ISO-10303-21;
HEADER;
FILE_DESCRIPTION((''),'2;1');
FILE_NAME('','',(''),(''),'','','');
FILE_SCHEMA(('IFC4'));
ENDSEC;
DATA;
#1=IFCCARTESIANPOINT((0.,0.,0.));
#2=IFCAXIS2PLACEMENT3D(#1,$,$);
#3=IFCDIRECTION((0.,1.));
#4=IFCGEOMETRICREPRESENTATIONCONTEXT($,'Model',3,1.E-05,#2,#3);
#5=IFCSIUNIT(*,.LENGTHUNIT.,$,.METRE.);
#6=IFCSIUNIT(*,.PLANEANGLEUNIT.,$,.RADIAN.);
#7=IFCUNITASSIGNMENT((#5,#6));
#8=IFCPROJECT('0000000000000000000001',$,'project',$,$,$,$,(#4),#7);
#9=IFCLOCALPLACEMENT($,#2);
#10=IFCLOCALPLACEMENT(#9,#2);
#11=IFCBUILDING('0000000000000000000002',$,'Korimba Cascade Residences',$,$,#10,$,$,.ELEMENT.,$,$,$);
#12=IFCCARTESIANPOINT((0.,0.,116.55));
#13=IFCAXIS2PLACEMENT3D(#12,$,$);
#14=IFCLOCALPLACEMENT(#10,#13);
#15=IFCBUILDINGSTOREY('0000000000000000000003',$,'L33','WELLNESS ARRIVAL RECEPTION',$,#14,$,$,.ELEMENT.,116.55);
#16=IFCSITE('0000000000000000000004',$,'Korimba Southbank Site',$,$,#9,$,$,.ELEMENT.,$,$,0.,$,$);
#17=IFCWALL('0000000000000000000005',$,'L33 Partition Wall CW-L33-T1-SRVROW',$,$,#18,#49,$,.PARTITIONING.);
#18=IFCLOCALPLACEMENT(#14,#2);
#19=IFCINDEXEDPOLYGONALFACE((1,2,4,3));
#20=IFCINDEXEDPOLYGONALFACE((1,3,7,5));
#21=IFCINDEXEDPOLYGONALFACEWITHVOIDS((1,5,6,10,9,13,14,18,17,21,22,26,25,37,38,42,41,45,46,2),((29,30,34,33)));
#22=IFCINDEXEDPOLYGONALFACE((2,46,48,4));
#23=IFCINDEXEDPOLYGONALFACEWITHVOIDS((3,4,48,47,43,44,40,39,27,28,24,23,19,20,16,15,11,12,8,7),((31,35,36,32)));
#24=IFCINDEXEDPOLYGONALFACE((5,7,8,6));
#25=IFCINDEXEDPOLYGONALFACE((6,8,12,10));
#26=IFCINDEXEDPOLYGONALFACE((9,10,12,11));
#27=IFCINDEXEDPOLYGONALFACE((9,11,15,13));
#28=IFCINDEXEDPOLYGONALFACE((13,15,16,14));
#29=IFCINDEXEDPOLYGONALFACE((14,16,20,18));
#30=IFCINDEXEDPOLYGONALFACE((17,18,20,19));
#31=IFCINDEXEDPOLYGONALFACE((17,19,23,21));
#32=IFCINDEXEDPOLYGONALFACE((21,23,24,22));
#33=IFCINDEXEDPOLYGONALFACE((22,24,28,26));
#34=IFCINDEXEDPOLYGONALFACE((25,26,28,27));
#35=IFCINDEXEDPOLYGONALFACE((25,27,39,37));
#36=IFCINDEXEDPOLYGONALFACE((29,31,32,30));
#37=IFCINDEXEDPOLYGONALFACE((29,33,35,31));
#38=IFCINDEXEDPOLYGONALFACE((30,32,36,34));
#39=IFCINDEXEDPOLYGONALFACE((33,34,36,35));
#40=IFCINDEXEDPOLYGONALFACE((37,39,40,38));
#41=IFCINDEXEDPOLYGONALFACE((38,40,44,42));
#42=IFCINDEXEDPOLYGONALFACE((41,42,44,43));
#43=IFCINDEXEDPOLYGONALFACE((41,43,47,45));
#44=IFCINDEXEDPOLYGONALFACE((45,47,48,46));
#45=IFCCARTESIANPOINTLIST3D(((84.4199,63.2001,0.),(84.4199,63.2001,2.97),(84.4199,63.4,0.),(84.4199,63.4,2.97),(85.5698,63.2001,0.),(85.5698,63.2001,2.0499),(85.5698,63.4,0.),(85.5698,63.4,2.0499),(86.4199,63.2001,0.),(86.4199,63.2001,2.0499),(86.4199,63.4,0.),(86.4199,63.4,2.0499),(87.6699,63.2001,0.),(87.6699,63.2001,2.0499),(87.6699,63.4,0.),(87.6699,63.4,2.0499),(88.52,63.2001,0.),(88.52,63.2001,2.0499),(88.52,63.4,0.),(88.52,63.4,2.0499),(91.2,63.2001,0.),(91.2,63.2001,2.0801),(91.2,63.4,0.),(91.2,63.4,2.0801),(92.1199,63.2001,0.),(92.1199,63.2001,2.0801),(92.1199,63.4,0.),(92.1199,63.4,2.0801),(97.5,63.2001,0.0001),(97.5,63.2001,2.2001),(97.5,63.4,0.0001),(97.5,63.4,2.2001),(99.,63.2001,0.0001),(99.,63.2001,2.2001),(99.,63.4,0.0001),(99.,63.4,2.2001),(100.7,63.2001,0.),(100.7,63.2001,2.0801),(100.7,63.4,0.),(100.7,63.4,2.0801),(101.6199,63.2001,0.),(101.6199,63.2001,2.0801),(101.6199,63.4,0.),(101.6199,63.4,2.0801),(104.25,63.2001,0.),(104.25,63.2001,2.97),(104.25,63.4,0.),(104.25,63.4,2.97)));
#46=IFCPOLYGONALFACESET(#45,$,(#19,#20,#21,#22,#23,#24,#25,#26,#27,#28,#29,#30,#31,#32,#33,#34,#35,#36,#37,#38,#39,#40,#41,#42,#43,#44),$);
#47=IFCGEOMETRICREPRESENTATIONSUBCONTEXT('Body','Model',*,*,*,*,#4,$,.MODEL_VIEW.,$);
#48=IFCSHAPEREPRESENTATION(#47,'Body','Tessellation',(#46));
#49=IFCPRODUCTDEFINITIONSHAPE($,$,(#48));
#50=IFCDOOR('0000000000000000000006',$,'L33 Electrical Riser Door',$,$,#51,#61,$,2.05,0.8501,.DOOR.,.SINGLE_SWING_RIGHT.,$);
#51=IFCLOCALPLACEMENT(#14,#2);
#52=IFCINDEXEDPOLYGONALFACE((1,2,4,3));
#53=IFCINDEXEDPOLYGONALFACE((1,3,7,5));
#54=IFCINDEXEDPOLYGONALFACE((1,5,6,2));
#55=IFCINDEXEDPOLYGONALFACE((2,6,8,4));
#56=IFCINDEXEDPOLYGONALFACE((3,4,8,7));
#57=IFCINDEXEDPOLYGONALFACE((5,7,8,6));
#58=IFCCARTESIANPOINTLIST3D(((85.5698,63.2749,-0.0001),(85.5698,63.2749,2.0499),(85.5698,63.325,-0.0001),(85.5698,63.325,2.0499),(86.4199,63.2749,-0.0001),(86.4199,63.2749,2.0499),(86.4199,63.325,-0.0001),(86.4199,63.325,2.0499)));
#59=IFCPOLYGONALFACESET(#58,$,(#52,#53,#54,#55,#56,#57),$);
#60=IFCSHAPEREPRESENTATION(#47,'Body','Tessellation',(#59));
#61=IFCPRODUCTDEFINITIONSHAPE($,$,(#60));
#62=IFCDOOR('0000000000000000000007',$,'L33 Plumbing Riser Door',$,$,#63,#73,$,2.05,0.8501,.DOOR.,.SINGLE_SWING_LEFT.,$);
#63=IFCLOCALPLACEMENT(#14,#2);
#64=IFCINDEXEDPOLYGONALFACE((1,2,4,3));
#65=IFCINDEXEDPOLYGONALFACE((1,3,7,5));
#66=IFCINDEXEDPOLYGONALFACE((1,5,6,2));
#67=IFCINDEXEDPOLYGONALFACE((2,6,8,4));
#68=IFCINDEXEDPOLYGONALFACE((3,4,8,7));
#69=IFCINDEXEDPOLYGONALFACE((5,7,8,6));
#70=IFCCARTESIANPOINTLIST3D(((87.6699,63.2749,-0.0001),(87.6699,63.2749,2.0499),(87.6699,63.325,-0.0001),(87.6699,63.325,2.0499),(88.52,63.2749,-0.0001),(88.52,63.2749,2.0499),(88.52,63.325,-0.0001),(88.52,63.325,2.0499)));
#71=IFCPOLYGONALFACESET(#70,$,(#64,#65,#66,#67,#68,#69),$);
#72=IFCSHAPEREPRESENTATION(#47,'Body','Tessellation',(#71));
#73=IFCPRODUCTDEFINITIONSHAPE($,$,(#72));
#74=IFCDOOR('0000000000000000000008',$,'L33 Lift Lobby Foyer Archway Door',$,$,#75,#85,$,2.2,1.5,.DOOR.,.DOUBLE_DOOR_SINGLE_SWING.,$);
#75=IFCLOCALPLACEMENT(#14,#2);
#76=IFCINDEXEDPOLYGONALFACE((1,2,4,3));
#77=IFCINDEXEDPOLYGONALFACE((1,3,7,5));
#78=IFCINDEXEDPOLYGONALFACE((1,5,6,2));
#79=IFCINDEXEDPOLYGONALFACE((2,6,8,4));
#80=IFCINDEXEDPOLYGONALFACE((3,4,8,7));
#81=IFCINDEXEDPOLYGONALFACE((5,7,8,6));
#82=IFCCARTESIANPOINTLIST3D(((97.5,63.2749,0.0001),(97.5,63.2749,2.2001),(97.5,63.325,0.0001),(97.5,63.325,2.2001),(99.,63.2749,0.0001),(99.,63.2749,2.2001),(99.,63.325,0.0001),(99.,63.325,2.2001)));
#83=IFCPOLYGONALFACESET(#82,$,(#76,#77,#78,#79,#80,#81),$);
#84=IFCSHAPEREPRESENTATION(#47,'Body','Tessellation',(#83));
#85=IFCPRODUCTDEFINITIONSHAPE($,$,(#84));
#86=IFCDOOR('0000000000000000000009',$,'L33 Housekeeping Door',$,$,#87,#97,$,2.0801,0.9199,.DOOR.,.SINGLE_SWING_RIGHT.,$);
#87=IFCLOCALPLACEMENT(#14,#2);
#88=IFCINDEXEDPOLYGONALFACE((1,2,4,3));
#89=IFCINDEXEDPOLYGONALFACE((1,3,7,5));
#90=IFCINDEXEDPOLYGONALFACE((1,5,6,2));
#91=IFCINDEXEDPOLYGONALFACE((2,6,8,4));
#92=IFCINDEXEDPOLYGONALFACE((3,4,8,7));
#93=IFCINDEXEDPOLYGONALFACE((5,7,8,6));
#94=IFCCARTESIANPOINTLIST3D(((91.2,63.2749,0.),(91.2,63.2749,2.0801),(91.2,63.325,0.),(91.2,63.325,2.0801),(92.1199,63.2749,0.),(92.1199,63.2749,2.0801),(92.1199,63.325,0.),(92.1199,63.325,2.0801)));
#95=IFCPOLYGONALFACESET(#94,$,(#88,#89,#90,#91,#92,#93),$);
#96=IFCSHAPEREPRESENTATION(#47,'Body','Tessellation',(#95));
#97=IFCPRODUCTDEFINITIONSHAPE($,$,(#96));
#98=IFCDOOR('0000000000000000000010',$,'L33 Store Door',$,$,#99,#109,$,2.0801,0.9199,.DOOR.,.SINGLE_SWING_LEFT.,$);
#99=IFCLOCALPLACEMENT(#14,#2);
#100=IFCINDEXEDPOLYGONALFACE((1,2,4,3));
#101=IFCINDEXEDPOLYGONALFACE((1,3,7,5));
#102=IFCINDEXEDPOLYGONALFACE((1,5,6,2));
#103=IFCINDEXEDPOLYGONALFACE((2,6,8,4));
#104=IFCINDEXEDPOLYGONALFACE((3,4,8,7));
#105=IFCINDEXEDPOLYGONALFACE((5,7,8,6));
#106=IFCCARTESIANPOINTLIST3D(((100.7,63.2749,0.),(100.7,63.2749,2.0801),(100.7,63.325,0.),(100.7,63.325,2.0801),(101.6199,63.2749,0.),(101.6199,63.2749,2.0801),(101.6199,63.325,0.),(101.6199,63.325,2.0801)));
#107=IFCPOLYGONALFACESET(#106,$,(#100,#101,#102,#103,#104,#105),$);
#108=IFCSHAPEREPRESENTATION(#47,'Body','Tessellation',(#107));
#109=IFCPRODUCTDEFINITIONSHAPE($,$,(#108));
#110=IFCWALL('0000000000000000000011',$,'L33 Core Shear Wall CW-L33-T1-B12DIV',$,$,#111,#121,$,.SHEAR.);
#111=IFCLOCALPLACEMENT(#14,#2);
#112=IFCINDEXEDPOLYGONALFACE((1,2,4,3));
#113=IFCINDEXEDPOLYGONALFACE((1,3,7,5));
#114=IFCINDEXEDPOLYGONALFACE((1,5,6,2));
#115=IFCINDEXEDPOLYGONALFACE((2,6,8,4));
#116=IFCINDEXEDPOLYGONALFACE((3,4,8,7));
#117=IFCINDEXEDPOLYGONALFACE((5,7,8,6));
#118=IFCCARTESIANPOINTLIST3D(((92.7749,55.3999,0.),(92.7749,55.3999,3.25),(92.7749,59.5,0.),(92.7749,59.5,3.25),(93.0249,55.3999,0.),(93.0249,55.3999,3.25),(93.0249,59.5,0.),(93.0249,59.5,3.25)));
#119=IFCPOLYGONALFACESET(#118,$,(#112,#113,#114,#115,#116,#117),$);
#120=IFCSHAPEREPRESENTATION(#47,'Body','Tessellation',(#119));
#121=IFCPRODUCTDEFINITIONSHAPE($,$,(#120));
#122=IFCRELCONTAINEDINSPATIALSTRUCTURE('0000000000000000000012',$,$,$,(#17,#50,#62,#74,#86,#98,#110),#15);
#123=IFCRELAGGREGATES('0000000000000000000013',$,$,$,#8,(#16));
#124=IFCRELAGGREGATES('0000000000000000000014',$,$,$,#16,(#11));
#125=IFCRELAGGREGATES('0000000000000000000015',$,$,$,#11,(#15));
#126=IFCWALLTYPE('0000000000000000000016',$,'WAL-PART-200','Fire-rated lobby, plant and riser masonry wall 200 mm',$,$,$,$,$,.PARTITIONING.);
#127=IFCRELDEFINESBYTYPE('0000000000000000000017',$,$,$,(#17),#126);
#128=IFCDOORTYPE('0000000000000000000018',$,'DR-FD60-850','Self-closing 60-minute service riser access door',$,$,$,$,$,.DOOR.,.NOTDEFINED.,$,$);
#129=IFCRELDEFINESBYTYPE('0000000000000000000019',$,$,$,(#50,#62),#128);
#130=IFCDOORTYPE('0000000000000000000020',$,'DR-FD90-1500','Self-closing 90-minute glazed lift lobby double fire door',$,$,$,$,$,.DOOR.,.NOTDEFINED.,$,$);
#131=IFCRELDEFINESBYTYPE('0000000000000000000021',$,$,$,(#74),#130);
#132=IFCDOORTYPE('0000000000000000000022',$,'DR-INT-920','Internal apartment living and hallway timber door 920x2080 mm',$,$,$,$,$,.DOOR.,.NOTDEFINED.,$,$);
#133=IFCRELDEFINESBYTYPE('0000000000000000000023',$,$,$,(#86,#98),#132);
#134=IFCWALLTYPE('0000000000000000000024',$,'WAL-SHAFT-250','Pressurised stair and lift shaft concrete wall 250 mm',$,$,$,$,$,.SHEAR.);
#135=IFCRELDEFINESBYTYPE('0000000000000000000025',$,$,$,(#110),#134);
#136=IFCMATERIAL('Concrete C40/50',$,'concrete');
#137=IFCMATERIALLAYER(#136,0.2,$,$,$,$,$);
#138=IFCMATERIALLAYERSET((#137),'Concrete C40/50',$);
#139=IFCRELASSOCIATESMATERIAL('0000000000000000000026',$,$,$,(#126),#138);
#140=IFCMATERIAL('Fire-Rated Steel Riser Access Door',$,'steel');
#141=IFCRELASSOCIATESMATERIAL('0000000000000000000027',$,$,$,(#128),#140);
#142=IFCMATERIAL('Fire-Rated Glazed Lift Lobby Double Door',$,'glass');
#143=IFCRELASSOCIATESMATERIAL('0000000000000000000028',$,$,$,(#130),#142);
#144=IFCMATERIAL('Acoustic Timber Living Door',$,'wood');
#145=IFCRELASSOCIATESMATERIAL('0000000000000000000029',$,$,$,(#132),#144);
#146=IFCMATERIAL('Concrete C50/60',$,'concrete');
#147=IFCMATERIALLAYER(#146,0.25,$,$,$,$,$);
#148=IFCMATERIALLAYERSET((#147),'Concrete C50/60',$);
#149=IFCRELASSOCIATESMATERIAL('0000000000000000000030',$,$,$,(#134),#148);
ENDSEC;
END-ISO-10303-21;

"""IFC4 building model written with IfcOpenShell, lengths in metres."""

from ifc_helpers import new_model, si_unit, direction, frame, frame_2d, origin, place, context, subcontext, project, spatial, rectangle, extrude, material, layer, layer_set, type_object, element, fill, save


model = new_model("IFC4")

# Units and contexts
model_context = context("Model", 3, precision=1e-05, world=origin(), true_north=direction((0.0, 1.0)))
body_context = subcontext(model_context, "Body", "Model", "MODEL_VIEW")
ifc_project = project(units=[si_unit("LENGTHUNIT", "METRE"), si_unit("PLANEANGLEUNIT", "RADIAN")], contexts=[model_context])

# Site, building, storey
site_placement = place(None, origin())
site = spatial("IfcSite", under=ifc_project, at=site_placement, Name="Korimba Southbank Site", CompositionType="ELEMENT", RefElevation=0.0)
building_placement = place(site_placement, origin())
building = spatial("IfcBuilding", under=site, at=building_placement, Name="Korimba Cascade Residences", CompositionType="ELEMENT")
storey_placement = place(building_placement, frame((0.0, 0.0, 116.55)))
storey = spatial("IfcBuildingStorey", under=building, at=storey_placement, Name="L33", Description="WELLNESS ARRIVAL RECEPTION", CompositionType="ELEMENT", Elevation=116.55)

# Shared definitions
ifc_material_1 = material(Name="Concrete C40/50", Category="concrete")
ifc_layer_1 = layer(ifc_material_1, 0.2)
ifc_layer_set_1 = layer_set([ifc_layer_1], Name="Concrete C40/50")
wall_type_1 = type_object("IfcWallType", Name="WAL-PART-200", Description="Fire-rated lobby, plant and riser masonry wall 200 mm", PredefinedType="PARTITIONING", material=ifc_layer_set_1)

# Wall, openings, doors
wall_1_placement = place(storey_placement, frame((84.4199, 63.3, 0.0), z_axis=(0.0, 0.0, 1.0), x_axis=(1.0, 0.0, 0.0)))
wall_1 = element("IfcWall", 1, at=wall_1_placement, inside=storey, type_object=wall_type_1, Name="L33 Partition Wall CW-L33-T1-SRVROW", PredefinedType="PARTITIONING", context=body_context, shape_type="SweptSolid", body=[
    extrude(rectangle(XDim=19.8301, YDim=0.2, at=frame_2d((9.915, 0.0))), origin(), (0.0, 0.0, 1.0), 2.97),
])
opening_1_placement = place(wall_1_placement, frame((1.1499, 0.0, 0.0)))
opening_1 = element("IfcOpeningElement", 2, at=opening_1_placement, cuts=wall_1, PredefinedType="OPENING", context=body_context, shape_type="SweptSolid", body=[
    extrude(rectangle(XDim=0.8501, YDim=2.05, at=frame_2d((0.425, 1.0249))), frame((0.0, 0.1099, 0.0), z_axis=(0.0, -1.0, 0.0), x_axis=(1.0, 0.0, 0.0)), (0.0, 0.0, 1.0), 0.22),
])
opening_2_placement = place(wall_1_placement, frame((3.25, 0.0, 0.0)))
opening_2 = element("IfcOpeningElement", 3, at=opening_2_placement, cuts=wall_1, PredefinedType="OPENING", context=body_context, shape_type="SweptSolid", body=[
    extrude(rectangle(XDim=0.8501, YDim=2.05, at=frame_2d((0.425, 1.0249))), frame((0.0, 0.1099, 0.0), z_axis=(0.0, -1.0, 0.0), x_axis=(1.0, 0.0, 0.0)), (0.0, 0.0, 1.0), 0.22),
])
opening_3_placement = place(wall_1_placement, frame((13.0801, 0.0, 0.0)))
opening_3 = element("IfcOpeningElement", 4, at=opening_3_placement, cuts=wall_1, PredefinedType="OPENING", context=body_context, shape_type="SweptSolid", body=[
    extrude(rectangle(XDim=1.5, YDim=2.2, at=frame_2d((0.75, 1.1001))), frame((0.0, 0.1099, 0.0), z_axis=(0.0, -1.0, 0.0), x_axis=(1.0, 0.0, 0.0)), (0.0, 0.0, 1.0), 0.22),
])
opening_4_placement = place(wall_1_placement, frame((6.78, 0.0, 0.0)))
opening_4 = element("IfcOpeningElement", 5, at=opening_4_placement, cuts=wall_1, PredefinedType="OPENING", context=body_context, shape_type="SweptSolid", body=[
    extrude(rectangle(XDim=0.9199, YDim=2.0801, at=frame_2d((0.46, 1.04))), frame((0.0, 0.1099, 0.0), z_axis=(0.0, -1.0, 0.0), x_axis=(1.0, 0.0, 0.0)), (0.0, 0.0, 1.0), 0.22),
])
opening_5_placement = place(wall_1_placement, frame((16.28, 0.0, 0.0)))
opening_5 = element("IfcOpeningElement", 6, at=opening_5_placement, cuts=wall_1, PredefinedType="OPENING", context=body_context, shape_type="SweptSolid", body=[
    extrude(rectangle(XDim=0.9199, YDim=2.0801, at=frame_2d((0.46, 1.04))), frame((0.0, 0.1099, 0.0), z_axis=(0.0, -1.0, 0.0), x_axis=(1.0, 0.0, 0.0)), (0.0, 0.0, 1.0), 0.22),
])
ifc_material_2 = material(Name="Fire-Rated Steel Riser Access Door", Category="steel")
door_type_1 = type_object("IfcDoorType", Name="DR-FD60-850", Description="Self-closing 60-minute service riser access door", OperationType="NOTDEFINED", PredefinedType="DOOR", material=ifc_material_2)
door_1_placement = place(opening_1_placement, origin())
door_1 = element("IfcDoor", 7, at=door_1_placement, inside=storey, type_object=door_type_1, Name="L33 Electrical Riser Door", OperationType="SINGLE_SWING_RIGHT", OverallHeight=2.05, OverallWidth=0.8501, PredefinedType="DOOR", context=body_context, shape_type="SweptSolid", body=[
    extrude(rectangle(XDim=0.8501, YDim=2.05, at=frame_2d((0.425, 1.0249))), frame((0.0, 0.0249, 0.0), z_axis=(0.0, -1.0, 0.0), x_axis=(1.0, 0.0, 0.0)), (0.0, 0.0, 1.0), 0.05),
])
fill(opening_1, door_1)
door_2_placement = place(opening_2_placement, origin())
door_2 = element("IfcDoor", 8, at=door_2_placement, inside=storey, type_object=door_type_1, Name="L33 Plumbing Riser Door", OperationType="SINGLE_SWING_LEFT", OverallHeight=2.05, OverallWidth=0.8501, PredefinedType="DOOR", context=body_context, shape_type="SweptSolid", body=[
    extrude(rectangle(XDim=0.8501, YDim=2.05, at=frame_2d((0.425, 1.0249))), frame((0.0, 0.0249, 0.0), z_axis=(0.0, -1.0, 0.0), x_axis=(1.0, 0.0, 0.0)), (0.0, 0.0, 1.0), 0.05),
])
fill(opening_2, door_2)
ifc_material_3 = material(Name="Fire-Rated Glazed Lift Lobby Double Door", Category="glass")
door_type_2 = type_object("IfcDoorType", Name="DR-FD90-1500", Description="Self-closing 90-minute glazed lift lobby double fire door", OperationType="NOTDEFINED", PredefinedType="DOOR", material=ifc_material_3)
door_3_placement = place(opening_3_placement, origin())
door_3 = element("IfcDoor", 9, at=door_3_placement, inside=storey, type_object=door_type_2, Name="L33 Lift Lobby Foyer Archway Door", OperationType="DOUBLE_DOOR_SINGLE_SWING", OverallHeight=2.2, OverallWidth=1.5, PredefinedType="DOOR", context=body_context, shape_type="SweptSolid", body=[
    extrude(rectangle(XDim=1.5, YDim=2.2, at=frame_2d((0.75, 1.1001))), frame((0.0, 0.0249, 0.0), z_axis=(0.0, -1.0, 0.0), x_axis=(1.0, 0.0, 0.0)), (0.0, 0.0, 1.0), 0.05),
])
fill(opening_3, door_3)
ifc_material_4 = material(Name="Acoustic Timber Living Door", Category="wood")
door_type_3 = type_object("IfcDoorType", Name="DR-INT-920", Description="Internal apartment living and hallway timber door 920x2080 mm", OperationType="NOTDEFINED", PredefinedType="DOOR", material=ifc_material_4)
door_4_placement = place(opening_4_placement, origin())
door_4 = element("IfcDoor", 10, at=door_4_placement, inside=storey, type_object=door_type_3, Name="L33 Housekeeping Door", OperationType="SINGLE_SWING_RIGHT", OverallHeight=2.0801, OverallWidth=0.9199, PredefinedType="DOOR", context=body_context, shape_type="SweptSolid", body=[
    extrude(rectangle(XDim=0.9199, YDim=2.0801, at=frame_2d((0.46, 1.04))), frame((0.0, 0.0249, 0.0), z_axis=(0.0, -1.0, 0.0), x_axis=(1.0, 0.0, 0.0)), (0.0, 0.0, 1.0), 0.05),
])
fill(opening_4, door_4)
door_5_placement = place(opening_5_placement, origin())
door_5 = element("IfcDoor", 11, at=door_5_placement, inside=storey, type_object=door_type_3, Name="L33 Store Door", OperationType="SINGLE_SWING_LEFT", OverallHeight=2.0801, OverallWidth=0.9199, PredefinedType="DOOR", context=body_context, shape_type="SweptSolid", body=[
    extrude(rectangle(XDim=0.9199, YDim=2.0801, at=frame_2d((0.46, 1.04))), frame((0.0, 0.0249, 0.0), z_axis=(0.0, -1.0, 0.0), x_axis=(1.0, 0.0, 0.0)), (0.0, 0.0, 1.0), 0.05),
])
fill(opening_5, door_5)

# Wall
ifc_material_5 = material(Name="Concrete C50/60", Category="concrete")
ifc_layer_2 = layer(ifc_material_5, 0.25)
ifc_layer_set_2 = layer_set([ifc_layer_2], Name="Concrete C50/60")
wall_type_2 = type_object("IfcWallType", Name="WAL-SHAFT-250", Description="Pressurised stair and lift shaft concrete wall 250 mm", PredefinedType="SHEAR", material=ifc_layer_set_2)
wall_2_placement = place(storey_placement, frame((92.8999, 55.3999, 0.0), z_axis=(0.0, 0.0, 1.0), x_axis=(0.0, 1.0, 0.0)))
element("IfcWall", 12, at=wall_2_placement, inside=storey, type_object=wall_type_2, Name="L33 Core Shear Wall CW-L33-T1-B12DIV", PredefinedType="SHEAR", context=body_context, shape_type="SweptSolid", body=[
    extrude(rectangle(XDim=4.1001, YDim=0.25, at=frame_2d((2.05, 0.0))), origin(), (0.0, 0.0, 1.0), 3.25),
])

save(model, "model.ifc")
